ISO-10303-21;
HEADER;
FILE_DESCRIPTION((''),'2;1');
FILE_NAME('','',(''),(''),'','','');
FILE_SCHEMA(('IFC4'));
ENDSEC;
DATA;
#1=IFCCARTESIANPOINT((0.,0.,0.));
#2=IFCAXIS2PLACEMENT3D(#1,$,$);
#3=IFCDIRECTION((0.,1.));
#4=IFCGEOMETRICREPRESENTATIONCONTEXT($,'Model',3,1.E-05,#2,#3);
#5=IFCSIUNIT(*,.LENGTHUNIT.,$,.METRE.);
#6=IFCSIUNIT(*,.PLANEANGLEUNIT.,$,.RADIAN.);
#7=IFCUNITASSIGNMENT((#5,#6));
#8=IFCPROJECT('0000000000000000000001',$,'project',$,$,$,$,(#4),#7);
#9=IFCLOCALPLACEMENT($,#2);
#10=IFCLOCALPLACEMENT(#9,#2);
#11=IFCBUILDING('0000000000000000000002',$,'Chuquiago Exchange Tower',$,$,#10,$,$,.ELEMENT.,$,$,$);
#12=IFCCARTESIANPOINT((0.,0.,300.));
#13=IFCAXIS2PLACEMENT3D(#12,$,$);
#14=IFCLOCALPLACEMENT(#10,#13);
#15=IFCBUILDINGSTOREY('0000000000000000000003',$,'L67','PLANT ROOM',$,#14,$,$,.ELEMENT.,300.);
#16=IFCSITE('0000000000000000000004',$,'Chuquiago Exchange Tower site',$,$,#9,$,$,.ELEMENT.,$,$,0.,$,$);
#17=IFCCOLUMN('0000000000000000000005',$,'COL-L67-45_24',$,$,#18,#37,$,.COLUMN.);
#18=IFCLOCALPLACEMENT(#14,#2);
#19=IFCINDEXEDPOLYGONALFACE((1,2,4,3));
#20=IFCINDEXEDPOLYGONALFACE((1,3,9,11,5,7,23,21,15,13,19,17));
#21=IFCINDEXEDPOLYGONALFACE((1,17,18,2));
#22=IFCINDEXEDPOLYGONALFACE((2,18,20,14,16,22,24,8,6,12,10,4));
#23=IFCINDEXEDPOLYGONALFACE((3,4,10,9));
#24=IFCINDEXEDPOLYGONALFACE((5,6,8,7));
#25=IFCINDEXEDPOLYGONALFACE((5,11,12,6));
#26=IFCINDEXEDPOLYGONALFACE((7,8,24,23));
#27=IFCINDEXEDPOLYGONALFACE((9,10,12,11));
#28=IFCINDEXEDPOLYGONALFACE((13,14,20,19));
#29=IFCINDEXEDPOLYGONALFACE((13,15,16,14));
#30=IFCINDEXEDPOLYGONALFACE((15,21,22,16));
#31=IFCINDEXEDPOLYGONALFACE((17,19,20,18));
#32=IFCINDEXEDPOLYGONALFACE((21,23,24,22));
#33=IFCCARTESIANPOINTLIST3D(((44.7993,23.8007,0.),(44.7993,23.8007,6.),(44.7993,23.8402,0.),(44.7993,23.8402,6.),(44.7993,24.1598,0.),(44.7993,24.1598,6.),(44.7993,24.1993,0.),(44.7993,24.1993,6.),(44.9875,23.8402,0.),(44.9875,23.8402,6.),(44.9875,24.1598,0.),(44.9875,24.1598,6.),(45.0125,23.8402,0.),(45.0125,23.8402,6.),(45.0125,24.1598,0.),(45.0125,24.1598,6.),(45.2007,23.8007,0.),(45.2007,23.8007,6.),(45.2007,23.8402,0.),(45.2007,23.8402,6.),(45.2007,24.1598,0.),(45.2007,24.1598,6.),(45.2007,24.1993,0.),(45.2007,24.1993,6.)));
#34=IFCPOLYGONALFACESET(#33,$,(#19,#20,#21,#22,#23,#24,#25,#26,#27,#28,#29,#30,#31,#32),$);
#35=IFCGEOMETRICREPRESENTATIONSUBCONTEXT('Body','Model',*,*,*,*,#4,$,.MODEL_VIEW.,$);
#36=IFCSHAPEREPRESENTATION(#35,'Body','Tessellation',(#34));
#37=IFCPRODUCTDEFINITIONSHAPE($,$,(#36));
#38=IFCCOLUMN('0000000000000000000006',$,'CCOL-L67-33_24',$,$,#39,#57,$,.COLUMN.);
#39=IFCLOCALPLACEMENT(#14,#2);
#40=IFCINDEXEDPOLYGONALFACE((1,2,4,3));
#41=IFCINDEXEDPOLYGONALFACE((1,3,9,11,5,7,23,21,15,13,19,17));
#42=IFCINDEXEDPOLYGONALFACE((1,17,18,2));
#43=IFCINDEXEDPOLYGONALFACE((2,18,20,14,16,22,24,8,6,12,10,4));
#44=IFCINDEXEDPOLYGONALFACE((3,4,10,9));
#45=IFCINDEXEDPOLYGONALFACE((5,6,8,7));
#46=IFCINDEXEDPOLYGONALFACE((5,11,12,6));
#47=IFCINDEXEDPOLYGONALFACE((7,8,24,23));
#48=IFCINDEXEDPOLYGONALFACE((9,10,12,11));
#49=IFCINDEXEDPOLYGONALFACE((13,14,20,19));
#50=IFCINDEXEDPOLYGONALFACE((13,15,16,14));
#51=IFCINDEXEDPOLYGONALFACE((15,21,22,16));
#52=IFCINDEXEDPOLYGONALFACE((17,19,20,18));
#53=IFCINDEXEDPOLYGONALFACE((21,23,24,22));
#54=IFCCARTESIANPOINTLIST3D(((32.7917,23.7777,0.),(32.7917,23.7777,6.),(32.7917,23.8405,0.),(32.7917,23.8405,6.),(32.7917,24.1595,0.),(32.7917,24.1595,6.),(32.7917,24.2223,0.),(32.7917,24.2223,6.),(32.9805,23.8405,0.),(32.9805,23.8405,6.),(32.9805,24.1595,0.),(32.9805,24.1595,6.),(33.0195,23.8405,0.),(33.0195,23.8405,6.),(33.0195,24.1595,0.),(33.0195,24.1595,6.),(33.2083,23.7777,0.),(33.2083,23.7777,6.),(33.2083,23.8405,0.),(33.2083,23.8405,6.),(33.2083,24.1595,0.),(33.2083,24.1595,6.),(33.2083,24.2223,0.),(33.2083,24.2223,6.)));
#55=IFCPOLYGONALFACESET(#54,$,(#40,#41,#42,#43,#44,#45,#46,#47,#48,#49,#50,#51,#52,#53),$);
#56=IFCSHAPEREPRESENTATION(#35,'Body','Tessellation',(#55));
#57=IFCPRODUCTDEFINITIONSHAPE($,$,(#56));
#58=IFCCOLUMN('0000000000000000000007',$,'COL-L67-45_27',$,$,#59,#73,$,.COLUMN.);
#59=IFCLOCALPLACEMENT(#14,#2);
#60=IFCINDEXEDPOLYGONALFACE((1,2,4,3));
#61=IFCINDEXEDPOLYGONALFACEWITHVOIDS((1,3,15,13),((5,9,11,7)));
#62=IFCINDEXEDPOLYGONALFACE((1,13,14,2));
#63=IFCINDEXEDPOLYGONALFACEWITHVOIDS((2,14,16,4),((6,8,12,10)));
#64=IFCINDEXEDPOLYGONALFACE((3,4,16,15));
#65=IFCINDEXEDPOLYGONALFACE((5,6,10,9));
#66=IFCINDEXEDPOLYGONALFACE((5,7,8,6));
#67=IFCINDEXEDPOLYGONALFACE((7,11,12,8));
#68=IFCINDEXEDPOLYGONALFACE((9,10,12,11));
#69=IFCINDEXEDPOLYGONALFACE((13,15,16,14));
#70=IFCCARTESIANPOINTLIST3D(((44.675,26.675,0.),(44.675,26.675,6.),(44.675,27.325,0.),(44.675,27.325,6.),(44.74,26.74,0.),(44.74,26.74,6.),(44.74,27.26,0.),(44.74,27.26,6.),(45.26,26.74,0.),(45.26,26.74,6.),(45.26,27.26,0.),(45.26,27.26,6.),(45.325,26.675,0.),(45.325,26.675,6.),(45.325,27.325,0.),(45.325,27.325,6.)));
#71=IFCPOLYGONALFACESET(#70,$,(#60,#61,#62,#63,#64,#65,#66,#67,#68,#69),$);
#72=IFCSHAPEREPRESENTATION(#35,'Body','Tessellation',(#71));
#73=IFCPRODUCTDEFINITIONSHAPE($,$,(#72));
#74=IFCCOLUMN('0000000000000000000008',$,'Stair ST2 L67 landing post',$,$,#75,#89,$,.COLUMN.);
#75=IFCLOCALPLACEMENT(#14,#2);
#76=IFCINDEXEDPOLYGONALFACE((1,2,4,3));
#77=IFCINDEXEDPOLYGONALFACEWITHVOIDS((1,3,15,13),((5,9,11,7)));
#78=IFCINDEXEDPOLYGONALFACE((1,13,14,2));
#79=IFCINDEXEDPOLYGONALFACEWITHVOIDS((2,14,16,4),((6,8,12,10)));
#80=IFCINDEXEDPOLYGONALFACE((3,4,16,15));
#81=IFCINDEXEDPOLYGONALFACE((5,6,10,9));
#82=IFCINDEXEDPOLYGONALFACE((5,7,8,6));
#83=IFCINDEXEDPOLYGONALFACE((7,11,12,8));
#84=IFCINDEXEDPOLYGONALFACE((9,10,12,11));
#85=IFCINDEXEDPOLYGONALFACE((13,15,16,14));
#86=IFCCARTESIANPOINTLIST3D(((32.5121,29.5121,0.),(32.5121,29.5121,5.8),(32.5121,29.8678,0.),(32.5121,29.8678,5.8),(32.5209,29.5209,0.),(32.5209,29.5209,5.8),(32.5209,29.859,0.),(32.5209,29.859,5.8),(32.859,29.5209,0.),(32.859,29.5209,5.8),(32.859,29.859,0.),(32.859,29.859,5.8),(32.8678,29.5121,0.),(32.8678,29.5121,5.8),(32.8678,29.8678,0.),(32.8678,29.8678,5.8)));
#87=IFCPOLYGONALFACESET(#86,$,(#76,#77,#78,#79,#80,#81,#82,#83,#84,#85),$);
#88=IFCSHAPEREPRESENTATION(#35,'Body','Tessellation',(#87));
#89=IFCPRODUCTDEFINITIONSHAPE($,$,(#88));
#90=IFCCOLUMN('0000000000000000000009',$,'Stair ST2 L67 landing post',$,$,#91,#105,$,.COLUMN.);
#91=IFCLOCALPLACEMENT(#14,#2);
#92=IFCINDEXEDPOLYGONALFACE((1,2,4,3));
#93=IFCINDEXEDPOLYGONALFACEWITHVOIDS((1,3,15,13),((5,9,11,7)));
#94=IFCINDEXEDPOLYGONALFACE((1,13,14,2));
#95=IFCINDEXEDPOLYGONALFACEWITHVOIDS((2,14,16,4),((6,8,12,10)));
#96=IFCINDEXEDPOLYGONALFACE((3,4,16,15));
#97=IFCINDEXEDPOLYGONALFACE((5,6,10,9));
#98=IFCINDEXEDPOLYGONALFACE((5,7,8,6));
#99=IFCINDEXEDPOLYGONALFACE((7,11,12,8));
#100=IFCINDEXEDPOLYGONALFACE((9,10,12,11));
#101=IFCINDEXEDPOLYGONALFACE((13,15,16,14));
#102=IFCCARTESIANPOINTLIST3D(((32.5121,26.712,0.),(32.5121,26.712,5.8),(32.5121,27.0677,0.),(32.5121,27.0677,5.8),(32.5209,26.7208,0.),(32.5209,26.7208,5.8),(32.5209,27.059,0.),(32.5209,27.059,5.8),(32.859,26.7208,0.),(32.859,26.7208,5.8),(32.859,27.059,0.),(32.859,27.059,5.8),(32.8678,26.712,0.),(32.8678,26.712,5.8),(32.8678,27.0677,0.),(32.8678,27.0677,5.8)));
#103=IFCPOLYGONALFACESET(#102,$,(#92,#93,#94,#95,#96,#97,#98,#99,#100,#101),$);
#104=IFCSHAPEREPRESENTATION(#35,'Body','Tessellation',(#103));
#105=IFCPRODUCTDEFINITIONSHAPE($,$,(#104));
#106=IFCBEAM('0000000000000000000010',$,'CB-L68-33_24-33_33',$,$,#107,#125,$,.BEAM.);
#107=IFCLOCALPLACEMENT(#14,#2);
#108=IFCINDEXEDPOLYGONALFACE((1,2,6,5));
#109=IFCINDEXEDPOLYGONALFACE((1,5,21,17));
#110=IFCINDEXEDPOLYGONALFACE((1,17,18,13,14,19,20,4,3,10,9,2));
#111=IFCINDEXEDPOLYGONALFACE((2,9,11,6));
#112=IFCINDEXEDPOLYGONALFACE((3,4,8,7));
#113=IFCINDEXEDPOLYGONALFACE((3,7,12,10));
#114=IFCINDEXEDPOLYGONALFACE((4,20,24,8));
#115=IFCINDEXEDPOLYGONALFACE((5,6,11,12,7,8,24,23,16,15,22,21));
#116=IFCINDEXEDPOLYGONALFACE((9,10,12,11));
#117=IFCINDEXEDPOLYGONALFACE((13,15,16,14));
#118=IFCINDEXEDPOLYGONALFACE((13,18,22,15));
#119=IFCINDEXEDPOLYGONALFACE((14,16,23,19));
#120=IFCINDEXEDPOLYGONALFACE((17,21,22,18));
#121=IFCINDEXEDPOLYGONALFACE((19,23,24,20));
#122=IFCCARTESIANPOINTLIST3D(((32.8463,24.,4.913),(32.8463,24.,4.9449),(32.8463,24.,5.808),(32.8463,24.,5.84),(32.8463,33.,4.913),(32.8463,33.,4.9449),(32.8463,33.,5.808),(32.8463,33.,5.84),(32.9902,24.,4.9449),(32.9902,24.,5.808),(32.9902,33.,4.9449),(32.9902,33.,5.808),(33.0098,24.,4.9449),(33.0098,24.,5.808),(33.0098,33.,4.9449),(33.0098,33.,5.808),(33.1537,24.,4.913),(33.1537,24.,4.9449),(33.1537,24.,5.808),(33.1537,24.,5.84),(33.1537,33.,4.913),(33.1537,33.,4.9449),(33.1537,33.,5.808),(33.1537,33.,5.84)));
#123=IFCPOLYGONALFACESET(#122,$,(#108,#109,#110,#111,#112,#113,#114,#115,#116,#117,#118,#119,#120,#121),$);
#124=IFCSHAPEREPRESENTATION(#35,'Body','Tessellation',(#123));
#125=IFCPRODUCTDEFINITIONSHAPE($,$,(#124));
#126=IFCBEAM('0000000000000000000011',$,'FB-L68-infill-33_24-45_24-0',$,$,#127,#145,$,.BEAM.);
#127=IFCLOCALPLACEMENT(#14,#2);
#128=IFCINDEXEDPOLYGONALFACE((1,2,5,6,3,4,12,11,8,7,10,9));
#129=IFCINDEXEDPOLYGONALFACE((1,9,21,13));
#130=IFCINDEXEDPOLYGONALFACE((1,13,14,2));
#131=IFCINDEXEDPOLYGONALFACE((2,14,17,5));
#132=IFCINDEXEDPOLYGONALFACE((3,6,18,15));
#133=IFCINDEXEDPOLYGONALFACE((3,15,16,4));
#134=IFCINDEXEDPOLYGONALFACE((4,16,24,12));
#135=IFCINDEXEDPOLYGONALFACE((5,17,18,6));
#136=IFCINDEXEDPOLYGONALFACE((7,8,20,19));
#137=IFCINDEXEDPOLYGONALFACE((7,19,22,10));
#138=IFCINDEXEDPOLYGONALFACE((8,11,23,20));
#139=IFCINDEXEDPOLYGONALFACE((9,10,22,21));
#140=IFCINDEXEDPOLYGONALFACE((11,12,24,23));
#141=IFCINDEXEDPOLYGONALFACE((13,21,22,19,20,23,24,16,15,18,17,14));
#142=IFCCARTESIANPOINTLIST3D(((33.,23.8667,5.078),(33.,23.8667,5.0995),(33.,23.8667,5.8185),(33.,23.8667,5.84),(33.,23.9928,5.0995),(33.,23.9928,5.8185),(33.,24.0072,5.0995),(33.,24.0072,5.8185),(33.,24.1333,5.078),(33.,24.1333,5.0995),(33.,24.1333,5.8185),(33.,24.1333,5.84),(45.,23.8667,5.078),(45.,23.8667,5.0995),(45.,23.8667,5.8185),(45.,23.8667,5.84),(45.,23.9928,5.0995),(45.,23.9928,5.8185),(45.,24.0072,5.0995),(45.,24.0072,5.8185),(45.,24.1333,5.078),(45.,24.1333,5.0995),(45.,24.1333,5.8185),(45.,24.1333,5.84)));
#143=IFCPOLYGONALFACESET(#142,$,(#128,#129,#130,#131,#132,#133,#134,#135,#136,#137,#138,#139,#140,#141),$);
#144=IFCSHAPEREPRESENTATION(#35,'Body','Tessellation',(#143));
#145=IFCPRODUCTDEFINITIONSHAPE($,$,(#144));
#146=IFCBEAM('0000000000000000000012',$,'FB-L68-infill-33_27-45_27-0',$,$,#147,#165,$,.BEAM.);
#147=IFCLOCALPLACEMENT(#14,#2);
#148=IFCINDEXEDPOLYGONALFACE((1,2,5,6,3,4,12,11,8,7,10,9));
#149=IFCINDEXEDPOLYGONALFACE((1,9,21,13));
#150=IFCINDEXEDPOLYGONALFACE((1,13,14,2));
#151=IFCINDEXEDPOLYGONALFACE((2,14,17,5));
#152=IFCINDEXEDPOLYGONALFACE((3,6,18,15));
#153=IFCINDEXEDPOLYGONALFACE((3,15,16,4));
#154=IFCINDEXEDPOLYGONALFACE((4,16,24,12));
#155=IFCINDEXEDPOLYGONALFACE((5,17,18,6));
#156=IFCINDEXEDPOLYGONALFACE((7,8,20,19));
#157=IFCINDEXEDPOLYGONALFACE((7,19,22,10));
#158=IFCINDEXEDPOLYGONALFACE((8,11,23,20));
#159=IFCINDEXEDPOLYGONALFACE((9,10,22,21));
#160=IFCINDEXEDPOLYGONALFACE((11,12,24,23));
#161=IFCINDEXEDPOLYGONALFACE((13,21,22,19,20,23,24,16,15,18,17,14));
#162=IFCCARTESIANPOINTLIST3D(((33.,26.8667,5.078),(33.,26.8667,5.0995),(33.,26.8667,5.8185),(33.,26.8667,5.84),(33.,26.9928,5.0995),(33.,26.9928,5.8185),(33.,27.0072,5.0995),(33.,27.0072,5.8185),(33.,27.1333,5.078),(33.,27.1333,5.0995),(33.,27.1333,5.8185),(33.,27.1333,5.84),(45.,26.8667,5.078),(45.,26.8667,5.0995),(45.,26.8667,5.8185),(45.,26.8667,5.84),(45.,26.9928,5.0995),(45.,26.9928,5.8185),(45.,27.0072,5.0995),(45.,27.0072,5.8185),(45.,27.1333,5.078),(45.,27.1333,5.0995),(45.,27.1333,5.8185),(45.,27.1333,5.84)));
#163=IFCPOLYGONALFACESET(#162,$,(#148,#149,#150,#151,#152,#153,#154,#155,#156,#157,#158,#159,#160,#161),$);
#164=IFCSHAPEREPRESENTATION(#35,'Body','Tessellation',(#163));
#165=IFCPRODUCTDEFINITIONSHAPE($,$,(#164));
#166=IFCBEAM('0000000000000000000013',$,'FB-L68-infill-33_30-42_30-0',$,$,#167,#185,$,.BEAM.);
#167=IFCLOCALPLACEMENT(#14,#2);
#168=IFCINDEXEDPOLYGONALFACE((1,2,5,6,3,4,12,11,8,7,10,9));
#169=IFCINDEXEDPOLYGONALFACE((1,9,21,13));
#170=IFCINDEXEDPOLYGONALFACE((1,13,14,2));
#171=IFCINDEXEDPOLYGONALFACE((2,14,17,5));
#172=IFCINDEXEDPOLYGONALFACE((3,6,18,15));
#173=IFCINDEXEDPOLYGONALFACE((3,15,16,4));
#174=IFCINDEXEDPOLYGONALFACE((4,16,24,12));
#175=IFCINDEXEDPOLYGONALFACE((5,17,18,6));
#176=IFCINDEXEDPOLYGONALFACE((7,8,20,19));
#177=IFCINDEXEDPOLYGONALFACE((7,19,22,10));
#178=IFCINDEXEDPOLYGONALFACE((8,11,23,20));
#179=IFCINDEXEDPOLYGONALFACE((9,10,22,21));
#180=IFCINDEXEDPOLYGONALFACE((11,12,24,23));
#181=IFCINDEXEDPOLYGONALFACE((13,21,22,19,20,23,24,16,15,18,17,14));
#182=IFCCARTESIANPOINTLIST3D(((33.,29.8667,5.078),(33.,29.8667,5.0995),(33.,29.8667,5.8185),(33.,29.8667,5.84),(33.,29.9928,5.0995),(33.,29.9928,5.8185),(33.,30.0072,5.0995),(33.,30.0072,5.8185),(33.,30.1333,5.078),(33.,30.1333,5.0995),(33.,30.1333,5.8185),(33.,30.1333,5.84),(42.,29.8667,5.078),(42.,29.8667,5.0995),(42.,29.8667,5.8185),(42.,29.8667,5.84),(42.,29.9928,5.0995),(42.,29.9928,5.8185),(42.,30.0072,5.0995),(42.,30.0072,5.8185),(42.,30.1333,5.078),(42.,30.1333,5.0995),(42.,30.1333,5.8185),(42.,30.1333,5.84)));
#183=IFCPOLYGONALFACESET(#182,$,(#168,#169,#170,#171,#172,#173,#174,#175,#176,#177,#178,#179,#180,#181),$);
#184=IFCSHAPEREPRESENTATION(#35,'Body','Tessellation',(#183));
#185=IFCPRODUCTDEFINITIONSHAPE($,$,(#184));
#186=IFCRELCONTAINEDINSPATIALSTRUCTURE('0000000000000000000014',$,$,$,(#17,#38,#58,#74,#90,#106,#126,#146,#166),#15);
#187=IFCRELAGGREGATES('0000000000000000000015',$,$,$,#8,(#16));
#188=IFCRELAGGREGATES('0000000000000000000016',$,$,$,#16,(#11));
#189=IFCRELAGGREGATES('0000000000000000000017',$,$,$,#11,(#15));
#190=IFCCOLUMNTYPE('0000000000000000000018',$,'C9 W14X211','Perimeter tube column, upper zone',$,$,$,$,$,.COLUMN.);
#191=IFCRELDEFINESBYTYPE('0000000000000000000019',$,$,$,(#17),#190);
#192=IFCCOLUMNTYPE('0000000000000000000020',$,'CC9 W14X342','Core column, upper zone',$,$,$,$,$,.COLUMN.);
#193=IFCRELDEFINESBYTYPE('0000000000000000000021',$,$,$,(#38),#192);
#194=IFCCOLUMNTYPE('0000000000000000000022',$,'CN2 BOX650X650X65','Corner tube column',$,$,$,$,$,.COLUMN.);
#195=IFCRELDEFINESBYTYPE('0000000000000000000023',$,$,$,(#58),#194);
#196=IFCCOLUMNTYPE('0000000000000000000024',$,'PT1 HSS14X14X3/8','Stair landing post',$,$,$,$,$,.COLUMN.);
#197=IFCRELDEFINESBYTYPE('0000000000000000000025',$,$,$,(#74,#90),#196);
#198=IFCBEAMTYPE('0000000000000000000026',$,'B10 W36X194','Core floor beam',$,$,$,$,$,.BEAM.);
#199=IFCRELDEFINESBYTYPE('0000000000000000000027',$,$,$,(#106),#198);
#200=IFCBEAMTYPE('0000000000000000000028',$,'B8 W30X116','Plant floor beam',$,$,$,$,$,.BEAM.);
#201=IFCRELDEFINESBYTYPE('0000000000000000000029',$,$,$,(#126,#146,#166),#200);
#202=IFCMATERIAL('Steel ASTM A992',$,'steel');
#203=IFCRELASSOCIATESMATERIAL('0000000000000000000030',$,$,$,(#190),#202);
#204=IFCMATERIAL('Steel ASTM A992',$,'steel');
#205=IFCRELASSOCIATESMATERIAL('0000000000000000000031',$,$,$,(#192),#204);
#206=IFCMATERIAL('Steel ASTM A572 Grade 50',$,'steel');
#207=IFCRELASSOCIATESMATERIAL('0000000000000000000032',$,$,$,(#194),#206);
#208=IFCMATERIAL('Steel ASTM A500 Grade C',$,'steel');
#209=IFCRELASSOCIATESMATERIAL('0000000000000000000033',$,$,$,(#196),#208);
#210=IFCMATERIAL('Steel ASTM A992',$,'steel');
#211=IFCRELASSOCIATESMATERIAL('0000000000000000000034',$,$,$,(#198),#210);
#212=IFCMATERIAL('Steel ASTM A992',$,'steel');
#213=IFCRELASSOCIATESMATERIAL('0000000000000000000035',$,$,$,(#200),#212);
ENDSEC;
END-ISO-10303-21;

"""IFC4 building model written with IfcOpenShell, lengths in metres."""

from ifc_helpers import new_model, si_unit, direction, frame, origin, origin_2d, place, context, subcontext, project, spatial, hollow_rectangle, i_section, extrude, material, material_profile, profile_set, type_object, element, save


model = new_model("IFC4")

# Units and contexts
model_context = context("Model", 3, precision=1e-05, world=origin(), true_north=direction((0.0, 1.0)))
body_context = subcontext(model_context, "Body", "Model", "MODEL_VIEW")
ifc_project = project(units=[si_unit("LENGTHUNIT", "METRE"), si_unit("PLANEANGLEUNIT", "RADIAN")], contexts=[model_context])

# Site, building, storey
site_placement = place(None, origin())
site = spatial("IfcSite", under=ifc_project, at=site_placement, Name="Chuquiago Exchange Tower site", CompositionType="ELEMENT", RefElevation=0.0)
building_placement = place(site_placement, origin())
building = spatial("IfcBuilding", under=site, at=building_placement, Name="Chuquiago Exchange Tower", CompositionType="ELEMENT")
storey_placement = place(building_placement, frame((0.0, 0.0, 300.0)))
storey = spatial("IfcBuildingStorey", under=building, at=storey_placement, Name="L67", Description="PLANT ROOM", CompositionType="ELEMENT", Elevation=300.0)

# Columns
ifc_material_1 = material(Name="Steel ASTM A992", Category="steel")
ifc_material_profile_1 = material_profile(ifc_material_1, i_section(OverallWidth=0.4014, OverallDepth=0.3987, WebThickness=0.0249, FlangeThickness=0.0396, at=origin_2d()), Name="W14X211")
ifc_profile_set_1 = profile_set([ifc_material_profile_1], Name="Steel ASTM A992")
column_type_1 = type_object("IfcColumnType", Name="C9 W14X211", Description="Perimeter tube column, upper zone", PredefinedType="COLUMN", material=ifc_profile_set_1)
column_1_placement = place(storey_placement, frame((45.0, 24.0, 0.0), z_axis=(0.0, 0.0, 1.0), x_axis=(1.0, 0.0, 0.0)))
element("IfcColumn", 1, at=column_1_placement, inside=storey, type_object=column_type_1, Name="COL-L67-45_24", PredefinedType="COLUMN", context=body_context, shape_type="SweptSolid", body=[
    extrude(i_section(OverallWidth=0.4014, OverallDepth=0.3987, WebThickness=0.0249, FlangeThickness=0.0396, at=origin_2d()), origin(), (0.0, 0.0, 1.0), 6.0),
])
ifc_material_2 = material(Name="Steel ASTM A992", Category="steel")
ifc_material_profile_2 = material_profile(ifc_material_2, i_section(OverallWidth=0.4165, OverallDepth=0.4446, WebThickness=0.0391, FlangeThickness=0.0627, at=origin_2d()), Name="W14X342")
ifc_profile_set_2 = profile_set([ifc_material_profile_2], Name="Steel ASTM A992")
column_type_2 = type_object("IfcColumnType", Name="CC9 W14X342", Description="Core column, upper zone", PredefinedType="COLUMN", material=ifc_profile_set_2)
column_2_placement = place(storey_placement, frame((33.0, 24.0, 0.0), z_axis=(0.0, 0.0, 1.0), x_axis=(1.0, 0.0, 0.0)))
element("IfcColumn", 2, at=column_2_placement, inside=storey, type_object=column_type_2, Name="CCOL-L67-33_24", PredefinedType="COLUMN", context=body_context, shape_type="SweptSolid", body=[
    extrude(i_section(OverallWidth=0.4165, OverallDepth=0.4446, WebThickness=0.0391, FlangeThickness=0.0627, at=origin_2d()), origin(), (0.0, 0.0, 1.0), 6.0),
])
ifc_material_3 = material(Name="Steel ASTM A572 Grade 50", Category="steel")
ifc_material_profile_3 = material_profile(ifc_material_3, hollow_rectangle(XDim=0.6499, YDim=0.6499, WallThickness=0.0649, at=origin_2d()), Name="BOX650X650X65")
ifc_profile_set_3 = profile_set([ifc_material_profile_3], Name="Steel ASTM A572 Grade 50")
column_type_3 = type_object("IfcColumnType", Name="CN2 BOX650X650X65", Description="Corner tube column", PredefinedType="COLUMN", material=ifc_profile_set_3)
column_3_placement = place(storey_placement, frame((45.0, 27.0, 0.0), z_axis=(0.0, 0.0, 1.0), x_axis=(1.0, 0.0, 0.0)))
element("IfcColumn", 3, at=column_3_placement, inside=storey, type_object=column_type_3, Name="COL-L67-45_27", PredefinedType="COLUMN", context=body_context, shape_type="SweptSolid", body=[
    extrude(hollow_rectangle(XDim=0.6499, YDim=0.6499, WallThickness=0.0649, at=origin_2d()), origin(), (0.0, 0.0, 1.0), 6.0),
])
ifc_material_4 = material(Name="Steel ASTM A500 Grade C", Category="steel")
ifc_material_profile_4 = material_profile(ifc_material_4, hollow_rectangle(XDim=0.3557, YDim=0.3557, WallThickness=0.0088, at=origin_2d()), Name="HSS14X14X3/8")
ifc_profile_set_4 = profile_set([ifc_material_profile_4], Name="Steel ASTM A500 Grade C")
column_type_4 = type_object("IfcColumnType", Name="PT1 HSS14X14X3/8", Description="Stair landing post", PredefinedType="COLUMN", material=ifc_profile_set_4)
for number, where, z_axis, x_axis, name in (
    (4, (32.6899, 29.6899, 0.0), (0.0, 0.0, 1.0), (1.0, 0.0, 0.0), "Stair ST2 L67 landing post"),
    (5, (32.6899, 26.8899, 0.0), (0.0, 0.0, 1.0), (1.0, 0.0, 0.0), "Stair ST2 L67 landing post"),
):
    element("IfcColumn", number, at=place(storey_placement, frame(where, z_axis=z_axis, x_axis=x_axis)), inside=storey, type_object=column_type_4, Name=name, PredefinedType="COLUMN", context=body_context, shape_type="SweptSolid", body=[
        extrude(hollow_rectangle(XDim=0.3557, YDim=0.3557, WallThickness=0.0088, at=origin_2d()), origin(), (0.0, 0.0, 1.0), 5.8),
    ])

# Beams
ifc_material_5 = material(Name="Steel ASTM A992", Category="steel")
ifc_material_profile_5 = material_profile(ifc_material_5, i_section(OverallWidth=0.3074, OverallDepth=0.927, WebThickness=0.0195, FlangeThickness=0.032, at=origin_2d()), Name="W36X194")
ifc_profile_set_5 = profile_set([ifc_material_profile_5], Name="Steel ASTM A992")
beam_type_1 = type_object("IfcBeamType", Name="B10 W36X194", Description="Core floor beam", PredefinedType="BEAM", material=ifc_profile_set_5)
beam_1_placement = place(storey_placement, frame((33.0, 24.0, 5.3765), z_axis=(0.0, 1.0, 0.0), x_axis=(-1.0, 0.0, 0.0)))
element("IfcBeam", 6, at=beam_1_placement, inside=storey, type_object=beam_type_1, Name="CB-L68-33_24-33_33", PredefinedType="BEAM", context=body_context, shape_type="SweptSolid", body=[
    extrude(i_section(OverallWidth=0.3074, OverallDepth=0.927, WebThickness=0.0195, FlangeThickness=0.032, at=origin_2d()), origin(), (0.0, 0.0, 1.0), 9.0),
])
ifc_material_6 = material(Name="Steel ASTM A992", Category="steel")
ifc_material_profile_6 = material_profile(ifc_material_6, i_section(OverallWidth=0.2666, OverallDepth=0.762, WebThickness=0.0144, FlangeThickness=0.0215, at=origin_2d()), Name="W30X116")
ifc_profile_set_6 = profile_set([ifc_material_profile_6], Name="Steel ASTM A992")
beam_type_2 = type_object("IfcBeamType", Name="B8 W30X116", Description="Plant floor beam", PredefinedType="BEAM", material=ifc_profile_set_6)
for number, where, z_axis, x_axis, name in (
    (7, (33.0, 24.0, 5.459), (1.0, 0.0, 0.0), (0.0, 1.0, 0.0), "FB-L68-infill-33_24-45_24-0"),
    (8, (33.0, 27.0, 5.459), (1.0, 0.0, 0.0), (0.0, 1.0, 0.0), "FB-L68-infill-33_27-45_27-0"),
):
    element("IfcBeam", number, at=place(storey_placement, frame(where, z_axis=z_axis, x_axis=x_axis)), inside=storey, type_object=beam_type_2, Name=name, PredefinedType="BEAM", context=body_context, shape_type="SweptSolid", body=[
        extrude(i_section(OverallWidth=0.2666, OverallDepth=0.762, WebThickness=0.0144, FlangeThickness=0.0215, at=origin_2d()), origin(), (0.0, 0.0, 1.0), 12.0),
    ])
beam_2_placement = place(storey_placement, frame((33.0, 30.0, 5.459), z_axis=(1.0, 0.0, 0.0), x_axis=(0.0, 1.0, 0.0)))
element("IfcBeam", 9, at=beam_2_placement, inside=storey, type_object=beam_type_2, Name="FB-L68-infill-33_30-42_30-0", PredefinedType="BEAM", context=body_context, shape_type="SweptSolid", body=[
    extrude(i_section(OverallWidth=0.2666, OverallDepth=0.762, WebThickness=0.0144, FlangeThickness=0.0215, at=origin_2d()), origin(), (0.0, 0.0, 1.0), 9.0),
])

save(model, "model.ifc")
